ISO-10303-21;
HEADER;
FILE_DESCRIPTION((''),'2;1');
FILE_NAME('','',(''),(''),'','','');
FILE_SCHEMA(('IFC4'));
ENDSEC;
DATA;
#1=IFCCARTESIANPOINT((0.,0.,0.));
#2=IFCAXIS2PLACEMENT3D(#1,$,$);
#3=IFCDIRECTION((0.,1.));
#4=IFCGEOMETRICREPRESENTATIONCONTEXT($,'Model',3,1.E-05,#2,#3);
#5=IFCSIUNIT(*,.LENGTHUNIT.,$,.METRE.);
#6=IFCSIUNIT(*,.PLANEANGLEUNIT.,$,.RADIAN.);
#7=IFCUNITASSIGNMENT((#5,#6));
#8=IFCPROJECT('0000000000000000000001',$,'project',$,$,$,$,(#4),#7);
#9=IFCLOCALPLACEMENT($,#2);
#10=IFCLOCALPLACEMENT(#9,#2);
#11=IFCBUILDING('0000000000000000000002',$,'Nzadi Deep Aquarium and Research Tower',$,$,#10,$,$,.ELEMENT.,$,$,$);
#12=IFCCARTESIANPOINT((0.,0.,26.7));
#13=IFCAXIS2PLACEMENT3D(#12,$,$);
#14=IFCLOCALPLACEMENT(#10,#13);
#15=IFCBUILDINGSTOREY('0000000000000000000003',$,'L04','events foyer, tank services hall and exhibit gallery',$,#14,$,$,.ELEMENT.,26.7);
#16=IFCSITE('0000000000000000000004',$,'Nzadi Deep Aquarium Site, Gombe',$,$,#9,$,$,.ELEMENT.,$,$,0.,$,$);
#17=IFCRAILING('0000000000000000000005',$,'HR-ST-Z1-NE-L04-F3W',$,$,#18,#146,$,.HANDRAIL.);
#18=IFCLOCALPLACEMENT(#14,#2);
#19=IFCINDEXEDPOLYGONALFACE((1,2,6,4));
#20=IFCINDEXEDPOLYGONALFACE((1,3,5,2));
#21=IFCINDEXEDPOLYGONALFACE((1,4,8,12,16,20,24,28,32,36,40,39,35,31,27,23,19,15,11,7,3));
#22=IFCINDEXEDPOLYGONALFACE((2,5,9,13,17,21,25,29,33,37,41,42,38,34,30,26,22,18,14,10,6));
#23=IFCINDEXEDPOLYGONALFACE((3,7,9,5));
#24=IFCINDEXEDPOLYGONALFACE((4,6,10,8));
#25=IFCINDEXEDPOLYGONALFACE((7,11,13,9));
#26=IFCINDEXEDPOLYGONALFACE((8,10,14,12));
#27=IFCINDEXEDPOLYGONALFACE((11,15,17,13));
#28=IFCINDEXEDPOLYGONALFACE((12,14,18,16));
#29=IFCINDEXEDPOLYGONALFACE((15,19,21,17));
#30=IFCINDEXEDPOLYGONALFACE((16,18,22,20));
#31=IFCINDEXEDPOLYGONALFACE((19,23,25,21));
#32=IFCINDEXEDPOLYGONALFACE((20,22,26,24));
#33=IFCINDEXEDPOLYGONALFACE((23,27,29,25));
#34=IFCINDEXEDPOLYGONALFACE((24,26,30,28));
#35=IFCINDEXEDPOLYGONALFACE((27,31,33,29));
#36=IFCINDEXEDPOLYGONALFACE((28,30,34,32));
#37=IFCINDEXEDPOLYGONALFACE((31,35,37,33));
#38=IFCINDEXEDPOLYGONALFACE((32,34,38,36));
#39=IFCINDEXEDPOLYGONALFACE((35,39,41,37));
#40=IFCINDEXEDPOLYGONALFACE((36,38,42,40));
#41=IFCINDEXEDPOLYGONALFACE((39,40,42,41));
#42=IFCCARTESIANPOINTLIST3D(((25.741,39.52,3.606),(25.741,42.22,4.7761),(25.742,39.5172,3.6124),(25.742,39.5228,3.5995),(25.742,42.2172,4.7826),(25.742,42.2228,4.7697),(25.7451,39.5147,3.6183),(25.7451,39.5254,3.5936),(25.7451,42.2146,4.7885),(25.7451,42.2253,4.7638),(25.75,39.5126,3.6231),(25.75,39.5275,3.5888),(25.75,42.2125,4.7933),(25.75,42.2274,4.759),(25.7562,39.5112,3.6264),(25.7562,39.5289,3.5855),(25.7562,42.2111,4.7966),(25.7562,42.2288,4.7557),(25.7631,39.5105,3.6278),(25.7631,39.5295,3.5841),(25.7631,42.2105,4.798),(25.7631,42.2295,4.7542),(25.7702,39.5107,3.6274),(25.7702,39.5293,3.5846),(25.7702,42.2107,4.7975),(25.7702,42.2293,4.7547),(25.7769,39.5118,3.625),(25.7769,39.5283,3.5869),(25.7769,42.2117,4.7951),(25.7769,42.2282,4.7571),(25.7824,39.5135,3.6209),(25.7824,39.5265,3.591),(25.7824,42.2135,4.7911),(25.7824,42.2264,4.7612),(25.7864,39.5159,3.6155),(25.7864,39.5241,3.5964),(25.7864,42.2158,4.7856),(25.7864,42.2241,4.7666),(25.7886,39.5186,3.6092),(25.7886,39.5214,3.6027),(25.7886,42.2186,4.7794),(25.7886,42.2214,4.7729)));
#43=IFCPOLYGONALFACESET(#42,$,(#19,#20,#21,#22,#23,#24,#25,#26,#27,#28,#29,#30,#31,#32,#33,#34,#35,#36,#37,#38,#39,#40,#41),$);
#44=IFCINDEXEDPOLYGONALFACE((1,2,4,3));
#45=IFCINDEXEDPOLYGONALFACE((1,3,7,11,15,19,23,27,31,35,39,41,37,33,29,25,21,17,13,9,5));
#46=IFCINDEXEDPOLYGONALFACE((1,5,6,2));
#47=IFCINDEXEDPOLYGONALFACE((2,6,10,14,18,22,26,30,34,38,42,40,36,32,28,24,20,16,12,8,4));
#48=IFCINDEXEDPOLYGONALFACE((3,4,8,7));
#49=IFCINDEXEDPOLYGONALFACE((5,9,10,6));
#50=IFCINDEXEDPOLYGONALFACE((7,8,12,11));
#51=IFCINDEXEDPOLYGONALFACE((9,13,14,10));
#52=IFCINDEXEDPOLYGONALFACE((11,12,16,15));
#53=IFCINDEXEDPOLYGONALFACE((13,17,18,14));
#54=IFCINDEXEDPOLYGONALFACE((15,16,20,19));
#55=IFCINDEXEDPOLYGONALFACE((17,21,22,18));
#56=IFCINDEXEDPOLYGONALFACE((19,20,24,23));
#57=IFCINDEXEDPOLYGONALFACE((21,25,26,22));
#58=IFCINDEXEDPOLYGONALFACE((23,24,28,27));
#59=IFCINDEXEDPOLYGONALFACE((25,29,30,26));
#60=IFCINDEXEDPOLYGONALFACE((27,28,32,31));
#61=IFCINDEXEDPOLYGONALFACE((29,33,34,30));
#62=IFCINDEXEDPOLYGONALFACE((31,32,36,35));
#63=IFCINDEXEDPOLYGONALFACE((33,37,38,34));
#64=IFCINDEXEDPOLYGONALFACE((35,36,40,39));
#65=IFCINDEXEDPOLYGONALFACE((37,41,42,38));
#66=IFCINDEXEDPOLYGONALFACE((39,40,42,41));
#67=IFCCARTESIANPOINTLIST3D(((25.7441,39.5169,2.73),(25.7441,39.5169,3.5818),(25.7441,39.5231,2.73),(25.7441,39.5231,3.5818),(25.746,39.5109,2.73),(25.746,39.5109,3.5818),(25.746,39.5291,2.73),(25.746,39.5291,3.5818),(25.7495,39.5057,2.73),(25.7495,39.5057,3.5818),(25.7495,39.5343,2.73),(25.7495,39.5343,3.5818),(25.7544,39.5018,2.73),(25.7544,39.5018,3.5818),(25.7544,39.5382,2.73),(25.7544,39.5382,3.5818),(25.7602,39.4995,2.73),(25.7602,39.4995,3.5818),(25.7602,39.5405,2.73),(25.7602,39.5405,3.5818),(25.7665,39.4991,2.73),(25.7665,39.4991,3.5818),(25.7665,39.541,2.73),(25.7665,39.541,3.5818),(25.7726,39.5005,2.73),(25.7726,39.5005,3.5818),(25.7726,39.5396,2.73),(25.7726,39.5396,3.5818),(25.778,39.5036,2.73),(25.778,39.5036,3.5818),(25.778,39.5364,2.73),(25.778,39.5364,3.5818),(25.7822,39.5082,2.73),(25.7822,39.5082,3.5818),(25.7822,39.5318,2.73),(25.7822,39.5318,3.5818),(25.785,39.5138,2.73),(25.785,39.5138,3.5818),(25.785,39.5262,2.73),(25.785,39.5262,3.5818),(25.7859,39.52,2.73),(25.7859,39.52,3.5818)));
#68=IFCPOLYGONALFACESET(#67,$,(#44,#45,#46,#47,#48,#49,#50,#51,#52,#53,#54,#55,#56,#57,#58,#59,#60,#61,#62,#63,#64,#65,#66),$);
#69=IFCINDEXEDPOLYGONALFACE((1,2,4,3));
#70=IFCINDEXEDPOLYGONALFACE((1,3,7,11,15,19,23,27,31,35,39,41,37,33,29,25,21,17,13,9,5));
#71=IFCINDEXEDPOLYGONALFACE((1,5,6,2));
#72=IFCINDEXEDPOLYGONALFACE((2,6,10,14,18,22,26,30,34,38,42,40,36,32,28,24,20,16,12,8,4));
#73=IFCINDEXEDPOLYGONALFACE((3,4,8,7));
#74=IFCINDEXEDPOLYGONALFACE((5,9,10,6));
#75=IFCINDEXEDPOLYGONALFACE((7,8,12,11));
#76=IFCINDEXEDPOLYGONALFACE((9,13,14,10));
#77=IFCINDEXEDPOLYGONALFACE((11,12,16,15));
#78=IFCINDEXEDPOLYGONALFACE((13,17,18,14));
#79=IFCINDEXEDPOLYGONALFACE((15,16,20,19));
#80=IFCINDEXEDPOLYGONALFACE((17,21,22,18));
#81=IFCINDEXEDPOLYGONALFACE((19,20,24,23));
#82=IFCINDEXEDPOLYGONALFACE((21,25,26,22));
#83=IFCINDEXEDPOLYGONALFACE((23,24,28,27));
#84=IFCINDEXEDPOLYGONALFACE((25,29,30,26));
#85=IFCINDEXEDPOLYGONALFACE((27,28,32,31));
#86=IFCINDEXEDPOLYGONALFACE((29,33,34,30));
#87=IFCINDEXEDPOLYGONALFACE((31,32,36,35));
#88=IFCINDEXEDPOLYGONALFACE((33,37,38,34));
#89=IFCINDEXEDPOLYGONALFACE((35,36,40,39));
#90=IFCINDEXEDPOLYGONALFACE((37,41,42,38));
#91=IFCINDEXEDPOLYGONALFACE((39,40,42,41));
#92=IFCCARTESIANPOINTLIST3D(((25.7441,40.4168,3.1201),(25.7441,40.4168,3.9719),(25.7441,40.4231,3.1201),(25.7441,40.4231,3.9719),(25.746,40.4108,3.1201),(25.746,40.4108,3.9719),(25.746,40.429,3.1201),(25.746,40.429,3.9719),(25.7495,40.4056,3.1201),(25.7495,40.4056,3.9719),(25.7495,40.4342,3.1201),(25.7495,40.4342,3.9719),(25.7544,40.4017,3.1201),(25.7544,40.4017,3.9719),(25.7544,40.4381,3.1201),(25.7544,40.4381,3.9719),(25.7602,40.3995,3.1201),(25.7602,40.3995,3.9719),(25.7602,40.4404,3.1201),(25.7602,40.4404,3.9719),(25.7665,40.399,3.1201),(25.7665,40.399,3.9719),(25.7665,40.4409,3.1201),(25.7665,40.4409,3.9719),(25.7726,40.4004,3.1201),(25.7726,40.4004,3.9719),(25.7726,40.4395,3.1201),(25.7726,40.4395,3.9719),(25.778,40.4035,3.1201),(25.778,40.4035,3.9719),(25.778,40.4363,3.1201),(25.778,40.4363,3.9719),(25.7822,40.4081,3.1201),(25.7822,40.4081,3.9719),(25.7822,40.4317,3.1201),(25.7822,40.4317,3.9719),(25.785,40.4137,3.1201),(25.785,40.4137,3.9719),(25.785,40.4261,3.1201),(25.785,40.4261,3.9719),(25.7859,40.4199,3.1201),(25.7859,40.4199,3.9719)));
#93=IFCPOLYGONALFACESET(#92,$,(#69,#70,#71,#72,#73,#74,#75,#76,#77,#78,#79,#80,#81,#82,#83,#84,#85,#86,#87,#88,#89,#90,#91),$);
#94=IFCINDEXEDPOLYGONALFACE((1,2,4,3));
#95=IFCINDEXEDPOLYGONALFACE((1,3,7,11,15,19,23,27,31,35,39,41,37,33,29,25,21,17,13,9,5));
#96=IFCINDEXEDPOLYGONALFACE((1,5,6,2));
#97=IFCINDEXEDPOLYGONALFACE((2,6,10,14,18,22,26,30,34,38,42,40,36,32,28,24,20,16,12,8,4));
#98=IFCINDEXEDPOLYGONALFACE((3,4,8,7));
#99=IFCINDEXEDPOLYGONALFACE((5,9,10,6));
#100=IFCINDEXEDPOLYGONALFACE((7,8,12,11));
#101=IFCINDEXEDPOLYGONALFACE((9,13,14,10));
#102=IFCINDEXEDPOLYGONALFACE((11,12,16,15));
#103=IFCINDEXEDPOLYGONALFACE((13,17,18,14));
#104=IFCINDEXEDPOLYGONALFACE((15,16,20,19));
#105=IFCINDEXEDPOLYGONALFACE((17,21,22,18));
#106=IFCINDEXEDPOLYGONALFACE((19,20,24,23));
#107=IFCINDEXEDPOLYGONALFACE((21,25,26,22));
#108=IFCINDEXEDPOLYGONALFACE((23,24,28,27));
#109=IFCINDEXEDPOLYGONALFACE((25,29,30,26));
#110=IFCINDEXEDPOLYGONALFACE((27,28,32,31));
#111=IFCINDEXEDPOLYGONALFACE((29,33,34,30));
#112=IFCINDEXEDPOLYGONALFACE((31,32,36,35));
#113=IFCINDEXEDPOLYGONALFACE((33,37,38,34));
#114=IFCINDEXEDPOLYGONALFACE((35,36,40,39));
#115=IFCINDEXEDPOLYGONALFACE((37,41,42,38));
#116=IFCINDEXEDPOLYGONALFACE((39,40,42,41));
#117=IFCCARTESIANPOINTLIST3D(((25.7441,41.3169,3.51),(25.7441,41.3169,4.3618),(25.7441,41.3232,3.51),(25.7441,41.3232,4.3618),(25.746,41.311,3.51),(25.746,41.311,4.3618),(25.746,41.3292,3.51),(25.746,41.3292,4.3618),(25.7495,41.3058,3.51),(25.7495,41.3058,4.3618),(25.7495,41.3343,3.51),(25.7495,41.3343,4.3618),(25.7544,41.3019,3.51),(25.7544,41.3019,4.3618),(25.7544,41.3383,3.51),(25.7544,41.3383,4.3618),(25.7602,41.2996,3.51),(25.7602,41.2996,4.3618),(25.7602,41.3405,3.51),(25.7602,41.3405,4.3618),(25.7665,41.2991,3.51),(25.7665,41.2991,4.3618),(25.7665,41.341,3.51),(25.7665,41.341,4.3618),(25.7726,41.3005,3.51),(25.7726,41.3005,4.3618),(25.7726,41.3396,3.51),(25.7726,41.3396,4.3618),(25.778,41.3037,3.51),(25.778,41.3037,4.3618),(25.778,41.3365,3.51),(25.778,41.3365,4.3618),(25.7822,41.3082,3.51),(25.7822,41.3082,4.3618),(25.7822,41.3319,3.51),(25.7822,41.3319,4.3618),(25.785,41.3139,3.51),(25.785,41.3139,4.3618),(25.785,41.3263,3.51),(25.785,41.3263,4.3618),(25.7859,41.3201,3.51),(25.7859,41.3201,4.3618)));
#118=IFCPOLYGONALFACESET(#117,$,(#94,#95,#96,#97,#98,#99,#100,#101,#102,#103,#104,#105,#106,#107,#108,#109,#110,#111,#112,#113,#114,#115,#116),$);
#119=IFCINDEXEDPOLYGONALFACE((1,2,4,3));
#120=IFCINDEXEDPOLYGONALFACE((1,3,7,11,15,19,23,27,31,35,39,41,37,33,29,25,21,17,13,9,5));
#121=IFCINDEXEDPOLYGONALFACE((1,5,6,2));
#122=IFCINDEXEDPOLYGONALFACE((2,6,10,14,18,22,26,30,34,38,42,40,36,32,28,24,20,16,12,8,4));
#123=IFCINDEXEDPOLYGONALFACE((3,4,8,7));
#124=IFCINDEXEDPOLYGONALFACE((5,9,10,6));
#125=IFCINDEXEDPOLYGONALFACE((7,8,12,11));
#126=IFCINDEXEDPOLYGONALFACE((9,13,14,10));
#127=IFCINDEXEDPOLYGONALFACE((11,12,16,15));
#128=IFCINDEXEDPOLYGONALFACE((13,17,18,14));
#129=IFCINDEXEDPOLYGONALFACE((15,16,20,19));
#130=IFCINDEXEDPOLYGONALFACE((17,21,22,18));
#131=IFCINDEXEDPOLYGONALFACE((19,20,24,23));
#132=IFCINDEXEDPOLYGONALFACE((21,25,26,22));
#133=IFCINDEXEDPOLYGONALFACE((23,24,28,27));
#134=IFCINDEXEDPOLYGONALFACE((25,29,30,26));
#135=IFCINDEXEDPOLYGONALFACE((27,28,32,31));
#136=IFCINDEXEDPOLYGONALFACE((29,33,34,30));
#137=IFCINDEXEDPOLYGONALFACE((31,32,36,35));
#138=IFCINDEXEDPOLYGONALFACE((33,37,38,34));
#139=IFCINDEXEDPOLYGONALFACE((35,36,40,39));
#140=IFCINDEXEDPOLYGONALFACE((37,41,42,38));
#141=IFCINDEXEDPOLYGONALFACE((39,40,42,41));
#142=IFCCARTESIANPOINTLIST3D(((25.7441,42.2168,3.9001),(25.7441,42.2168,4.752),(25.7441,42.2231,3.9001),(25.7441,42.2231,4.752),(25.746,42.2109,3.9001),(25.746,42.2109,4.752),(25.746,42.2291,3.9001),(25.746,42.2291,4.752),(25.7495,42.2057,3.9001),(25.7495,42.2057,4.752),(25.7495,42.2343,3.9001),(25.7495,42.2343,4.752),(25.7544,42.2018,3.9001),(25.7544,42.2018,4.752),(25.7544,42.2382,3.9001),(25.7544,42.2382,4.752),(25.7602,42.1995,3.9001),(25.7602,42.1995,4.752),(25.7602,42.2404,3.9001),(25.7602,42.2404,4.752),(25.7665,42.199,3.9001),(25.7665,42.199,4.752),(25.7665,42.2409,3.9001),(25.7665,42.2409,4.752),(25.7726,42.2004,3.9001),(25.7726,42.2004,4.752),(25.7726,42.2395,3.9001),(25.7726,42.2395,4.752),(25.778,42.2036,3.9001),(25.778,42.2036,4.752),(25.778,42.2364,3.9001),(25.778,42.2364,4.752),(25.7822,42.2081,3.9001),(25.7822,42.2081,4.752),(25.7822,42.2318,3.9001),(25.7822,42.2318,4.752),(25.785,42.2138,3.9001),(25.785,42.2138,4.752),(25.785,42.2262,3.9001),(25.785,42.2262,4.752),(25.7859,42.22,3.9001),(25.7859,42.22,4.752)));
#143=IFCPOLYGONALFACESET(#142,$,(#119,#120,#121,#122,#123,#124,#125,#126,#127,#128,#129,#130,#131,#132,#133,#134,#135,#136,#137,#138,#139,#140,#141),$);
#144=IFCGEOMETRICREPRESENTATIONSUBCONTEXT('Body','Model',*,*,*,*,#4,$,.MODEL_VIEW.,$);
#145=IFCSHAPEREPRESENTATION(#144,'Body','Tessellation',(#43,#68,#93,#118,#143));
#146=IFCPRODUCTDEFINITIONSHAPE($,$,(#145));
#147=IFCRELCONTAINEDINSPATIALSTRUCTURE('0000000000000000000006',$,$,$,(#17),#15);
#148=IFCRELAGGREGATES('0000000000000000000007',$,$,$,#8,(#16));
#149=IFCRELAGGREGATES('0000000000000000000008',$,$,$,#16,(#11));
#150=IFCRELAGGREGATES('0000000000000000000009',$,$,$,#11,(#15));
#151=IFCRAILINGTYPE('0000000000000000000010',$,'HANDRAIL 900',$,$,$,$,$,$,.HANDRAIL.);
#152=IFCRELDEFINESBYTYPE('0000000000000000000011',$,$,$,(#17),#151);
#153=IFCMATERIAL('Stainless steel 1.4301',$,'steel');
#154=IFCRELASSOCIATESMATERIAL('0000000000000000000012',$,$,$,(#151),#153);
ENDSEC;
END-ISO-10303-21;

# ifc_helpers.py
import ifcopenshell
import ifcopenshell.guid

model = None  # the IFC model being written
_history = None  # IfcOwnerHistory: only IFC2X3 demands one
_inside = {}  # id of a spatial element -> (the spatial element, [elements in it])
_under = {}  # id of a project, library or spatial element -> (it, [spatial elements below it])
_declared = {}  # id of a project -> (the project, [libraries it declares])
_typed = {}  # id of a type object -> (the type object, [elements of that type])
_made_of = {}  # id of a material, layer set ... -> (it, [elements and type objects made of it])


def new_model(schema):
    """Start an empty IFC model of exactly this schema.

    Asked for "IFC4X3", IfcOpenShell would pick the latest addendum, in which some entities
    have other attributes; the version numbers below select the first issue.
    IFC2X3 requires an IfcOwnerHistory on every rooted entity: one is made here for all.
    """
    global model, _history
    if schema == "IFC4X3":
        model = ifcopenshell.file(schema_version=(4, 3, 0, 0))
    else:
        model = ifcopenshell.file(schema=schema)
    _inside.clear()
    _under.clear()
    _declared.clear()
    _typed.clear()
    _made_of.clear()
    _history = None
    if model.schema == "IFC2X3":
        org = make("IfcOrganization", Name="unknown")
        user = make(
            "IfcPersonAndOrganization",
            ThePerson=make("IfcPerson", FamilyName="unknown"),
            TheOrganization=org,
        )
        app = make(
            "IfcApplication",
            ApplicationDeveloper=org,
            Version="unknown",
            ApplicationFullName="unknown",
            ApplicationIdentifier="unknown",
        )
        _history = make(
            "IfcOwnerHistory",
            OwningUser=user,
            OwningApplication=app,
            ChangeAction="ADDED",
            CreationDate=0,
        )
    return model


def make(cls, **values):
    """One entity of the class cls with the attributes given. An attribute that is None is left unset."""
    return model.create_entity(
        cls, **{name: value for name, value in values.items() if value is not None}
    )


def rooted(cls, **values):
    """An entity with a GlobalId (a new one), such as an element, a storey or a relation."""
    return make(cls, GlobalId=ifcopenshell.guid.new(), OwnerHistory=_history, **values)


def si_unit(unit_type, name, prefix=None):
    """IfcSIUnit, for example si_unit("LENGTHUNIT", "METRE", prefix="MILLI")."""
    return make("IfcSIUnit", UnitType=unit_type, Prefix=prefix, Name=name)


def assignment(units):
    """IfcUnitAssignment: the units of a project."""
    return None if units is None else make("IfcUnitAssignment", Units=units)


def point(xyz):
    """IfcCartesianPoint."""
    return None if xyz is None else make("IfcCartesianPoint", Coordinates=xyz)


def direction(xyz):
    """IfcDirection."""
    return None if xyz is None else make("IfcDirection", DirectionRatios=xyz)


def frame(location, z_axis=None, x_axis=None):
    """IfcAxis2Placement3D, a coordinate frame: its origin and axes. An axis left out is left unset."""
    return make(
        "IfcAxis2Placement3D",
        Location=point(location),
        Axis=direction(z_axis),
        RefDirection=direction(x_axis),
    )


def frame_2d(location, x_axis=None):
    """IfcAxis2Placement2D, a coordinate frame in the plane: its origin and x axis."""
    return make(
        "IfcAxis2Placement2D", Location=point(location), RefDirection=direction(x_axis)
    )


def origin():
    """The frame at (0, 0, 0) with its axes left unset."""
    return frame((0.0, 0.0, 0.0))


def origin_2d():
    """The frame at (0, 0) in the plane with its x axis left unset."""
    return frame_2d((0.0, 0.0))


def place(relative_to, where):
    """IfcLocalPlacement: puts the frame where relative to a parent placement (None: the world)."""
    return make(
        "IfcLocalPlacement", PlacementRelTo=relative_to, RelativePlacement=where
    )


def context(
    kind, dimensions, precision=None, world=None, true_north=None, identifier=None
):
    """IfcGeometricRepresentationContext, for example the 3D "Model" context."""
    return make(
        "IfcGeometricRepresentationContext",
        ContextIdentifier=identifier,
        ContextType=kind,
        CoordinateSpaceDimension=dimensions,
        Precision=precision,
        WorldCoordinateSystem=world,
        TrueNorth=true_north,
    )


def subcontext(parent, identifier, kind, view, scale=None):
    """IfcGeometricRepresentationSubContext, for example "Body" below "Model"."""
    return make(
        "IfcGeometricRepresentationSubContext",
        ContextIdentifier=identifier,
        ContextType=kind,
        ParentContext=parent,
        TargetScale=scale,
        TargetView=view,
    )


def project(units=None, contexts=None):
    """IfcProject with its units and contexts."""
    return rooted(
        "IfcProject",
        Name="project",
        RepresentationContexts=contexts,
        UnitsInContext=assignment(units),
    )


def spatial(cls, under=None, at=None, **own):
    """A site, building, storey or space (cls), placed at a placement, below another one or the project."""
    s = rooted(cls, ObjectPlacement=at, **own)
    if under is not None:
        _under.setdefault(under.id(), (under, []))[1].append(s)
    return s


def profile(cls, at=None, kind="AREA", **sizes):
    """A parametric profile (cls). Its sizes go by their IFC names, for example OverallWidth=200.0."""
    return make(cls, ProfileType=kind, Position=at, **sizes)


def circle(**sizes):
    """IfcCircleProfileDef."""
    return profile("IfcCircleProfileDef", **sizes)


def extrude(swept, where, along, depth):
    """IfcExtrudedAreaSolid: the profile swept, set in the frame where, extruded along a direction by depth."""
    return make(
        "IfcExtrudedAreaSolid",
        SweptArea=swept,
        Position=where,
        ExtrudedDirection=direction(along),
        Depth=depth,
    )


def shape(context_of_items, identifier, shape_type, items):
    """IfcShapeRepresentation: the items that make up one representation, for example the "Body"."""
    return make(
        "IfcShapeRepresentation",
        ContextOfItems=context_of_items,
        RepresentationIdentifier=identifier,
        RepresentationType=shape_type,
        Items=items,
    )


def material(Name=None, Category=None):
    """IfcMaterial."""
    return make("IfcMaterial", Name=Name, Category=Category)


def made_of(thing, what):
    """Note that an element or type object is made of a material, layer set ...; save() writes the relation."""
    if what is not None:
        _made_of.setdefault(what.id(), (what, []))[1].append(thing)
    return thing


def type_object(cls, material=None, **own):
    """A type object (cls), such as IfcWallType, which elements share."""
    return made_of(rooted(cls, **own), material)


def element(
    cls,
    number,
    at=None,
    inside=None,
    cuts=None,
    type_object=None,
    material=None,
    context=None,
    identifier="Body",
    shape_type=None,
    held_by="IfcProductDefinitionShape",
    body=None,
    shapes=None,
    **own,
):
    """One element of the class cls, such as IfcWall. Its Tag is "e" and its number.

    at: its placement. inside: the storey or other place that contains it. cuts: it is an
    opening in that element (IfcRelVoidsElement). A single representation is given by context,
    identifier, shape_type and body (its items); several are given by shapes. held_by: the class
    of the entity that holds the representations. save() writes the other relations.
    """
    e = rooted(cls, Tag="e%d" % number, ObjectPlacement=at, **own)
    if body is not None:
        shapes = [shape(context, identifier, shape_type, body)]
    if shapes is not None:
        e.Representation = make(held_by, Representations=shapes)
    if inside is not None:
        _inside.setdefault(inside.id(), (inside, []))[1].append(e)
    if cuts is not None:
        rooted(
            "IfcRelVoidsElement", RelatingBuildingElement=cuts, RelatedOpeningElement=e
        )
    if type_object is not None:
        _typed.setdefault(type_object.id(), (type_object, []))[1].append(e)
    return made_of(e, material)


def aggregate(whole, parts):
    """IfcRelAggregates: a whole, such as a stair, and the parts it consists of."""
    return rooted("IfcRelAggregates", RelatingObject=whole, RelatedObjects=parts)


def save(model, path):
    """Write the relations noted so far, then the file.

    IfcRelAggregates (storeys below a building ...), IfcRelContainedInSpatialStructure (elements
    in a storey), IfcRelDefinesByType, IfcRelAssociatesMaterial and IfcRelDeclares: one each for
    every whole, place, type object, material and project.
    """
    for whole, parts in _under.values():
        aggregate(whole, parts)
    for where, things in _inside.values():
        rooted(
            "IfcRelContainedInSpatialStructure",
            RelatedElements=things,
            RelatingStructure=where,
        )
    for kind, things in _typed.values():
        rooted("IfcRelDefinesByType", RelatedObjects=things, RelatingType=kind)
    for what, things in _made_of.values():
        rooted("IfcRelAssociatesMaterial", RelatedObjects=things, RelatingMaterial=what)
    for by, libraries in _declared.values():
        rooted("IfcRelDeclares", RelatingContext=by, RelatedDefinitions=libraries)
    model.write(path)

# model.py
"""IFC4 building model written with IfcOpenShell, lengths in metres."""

from ifc_helpers import new_model, si_unit, direction, frame, origin, origin_2d, place, context, subcontext, project, spatial, circle, extrude, material, type_object, element, save


model = new_model("IFC4")

# Units and contexts
model_context = context("Model", 3, precision=1e-05, world=origin(), true_north=direction((0.0, 1.0)))
body_context = subcontext(model_context, "Body", "Model", "MODEL_VIEW")
ifc_project = project(units=[si_unit("LENGTHUNIT", "METRE"), si_unit("PLANEANGLEUNIT", "RADIAN")], contexts=[model_context])

# Site, building, storey
site_placement = place(None, origin())
site = spatial("IfcSite", under=ifc_project, at=site_placement, Name="Nzadi Deep Aquarium Site, Gombe", CompositionType="ELEMENT", RefElevation=0.0)
building_placement = place(site_placement, origin())
building = spatial("IfcBuilding", under=site, at=building_placement, Name="Nzadi Deep Aquarium and Research Tower", CompositionType="ELEMENT")
storey_placement = place(building_placement, frame((0.0, 0.0, 26.7)))
storey = spatial("IfcBuildingStorey", under=building, at=storey_placement, Name="L04", Description="events foyer, tank services hall and exhibit gallery", CompositionType="ELEMENT", Elevation=26.7)

# Railing
ifc_material_1 = material(Name="Stainless steel 1.4301", Category="steel")
railing_type = type_object("IfcRailingType", Name="HANDRAIL 900", PredefinedType="HANDRAIL", material=ifc_material_1)
railing_1_placement = place(storey_placement, frame((25.7649, 39.52, 2.73)))
element("IfcRailing", 1, at=railing_1_placement, inside=storey, type_object=railing_type, Name="HR-ST-Z1-NE-L04-F3W", PredefinedType="HANDRAIL", context=body_context, shape_type="SweptSolid", body=[
    extrude(circle(Radius=0.0239, at=origin_2d()), frame((0.0, 0.0, 0.876), z_axis=(0.0, 0.917532, 0.397661), x_axis=(-1.0, 0.0, 0.0)), (0.0, 0.0, 1.0), 2.9426),
    extrude(circle(Radius=0.021, at=origin_2d()), origin(), (0.0, 0.0, 1.0), 0.8518),
    extrude(circle(Radius=0.021, at=origin_2d()), frame((0.0, 0.8999, 0.3901)), (0.0, 0.0, 1.0), 0.8518),
    extrude(circle(Radius=0.021, at=origin_2d()), frame((0.0, 1.8, 0.78)), (0.0, 0.0, 1.0), 0.8518),
    extrude(circle(Radius=0.021, at=origin_2d()), frame((0.0, 2.7, 1.1702)), (0.0, 0.0, 1.0), 0.8518),
])

save(model, "model.ifc")
